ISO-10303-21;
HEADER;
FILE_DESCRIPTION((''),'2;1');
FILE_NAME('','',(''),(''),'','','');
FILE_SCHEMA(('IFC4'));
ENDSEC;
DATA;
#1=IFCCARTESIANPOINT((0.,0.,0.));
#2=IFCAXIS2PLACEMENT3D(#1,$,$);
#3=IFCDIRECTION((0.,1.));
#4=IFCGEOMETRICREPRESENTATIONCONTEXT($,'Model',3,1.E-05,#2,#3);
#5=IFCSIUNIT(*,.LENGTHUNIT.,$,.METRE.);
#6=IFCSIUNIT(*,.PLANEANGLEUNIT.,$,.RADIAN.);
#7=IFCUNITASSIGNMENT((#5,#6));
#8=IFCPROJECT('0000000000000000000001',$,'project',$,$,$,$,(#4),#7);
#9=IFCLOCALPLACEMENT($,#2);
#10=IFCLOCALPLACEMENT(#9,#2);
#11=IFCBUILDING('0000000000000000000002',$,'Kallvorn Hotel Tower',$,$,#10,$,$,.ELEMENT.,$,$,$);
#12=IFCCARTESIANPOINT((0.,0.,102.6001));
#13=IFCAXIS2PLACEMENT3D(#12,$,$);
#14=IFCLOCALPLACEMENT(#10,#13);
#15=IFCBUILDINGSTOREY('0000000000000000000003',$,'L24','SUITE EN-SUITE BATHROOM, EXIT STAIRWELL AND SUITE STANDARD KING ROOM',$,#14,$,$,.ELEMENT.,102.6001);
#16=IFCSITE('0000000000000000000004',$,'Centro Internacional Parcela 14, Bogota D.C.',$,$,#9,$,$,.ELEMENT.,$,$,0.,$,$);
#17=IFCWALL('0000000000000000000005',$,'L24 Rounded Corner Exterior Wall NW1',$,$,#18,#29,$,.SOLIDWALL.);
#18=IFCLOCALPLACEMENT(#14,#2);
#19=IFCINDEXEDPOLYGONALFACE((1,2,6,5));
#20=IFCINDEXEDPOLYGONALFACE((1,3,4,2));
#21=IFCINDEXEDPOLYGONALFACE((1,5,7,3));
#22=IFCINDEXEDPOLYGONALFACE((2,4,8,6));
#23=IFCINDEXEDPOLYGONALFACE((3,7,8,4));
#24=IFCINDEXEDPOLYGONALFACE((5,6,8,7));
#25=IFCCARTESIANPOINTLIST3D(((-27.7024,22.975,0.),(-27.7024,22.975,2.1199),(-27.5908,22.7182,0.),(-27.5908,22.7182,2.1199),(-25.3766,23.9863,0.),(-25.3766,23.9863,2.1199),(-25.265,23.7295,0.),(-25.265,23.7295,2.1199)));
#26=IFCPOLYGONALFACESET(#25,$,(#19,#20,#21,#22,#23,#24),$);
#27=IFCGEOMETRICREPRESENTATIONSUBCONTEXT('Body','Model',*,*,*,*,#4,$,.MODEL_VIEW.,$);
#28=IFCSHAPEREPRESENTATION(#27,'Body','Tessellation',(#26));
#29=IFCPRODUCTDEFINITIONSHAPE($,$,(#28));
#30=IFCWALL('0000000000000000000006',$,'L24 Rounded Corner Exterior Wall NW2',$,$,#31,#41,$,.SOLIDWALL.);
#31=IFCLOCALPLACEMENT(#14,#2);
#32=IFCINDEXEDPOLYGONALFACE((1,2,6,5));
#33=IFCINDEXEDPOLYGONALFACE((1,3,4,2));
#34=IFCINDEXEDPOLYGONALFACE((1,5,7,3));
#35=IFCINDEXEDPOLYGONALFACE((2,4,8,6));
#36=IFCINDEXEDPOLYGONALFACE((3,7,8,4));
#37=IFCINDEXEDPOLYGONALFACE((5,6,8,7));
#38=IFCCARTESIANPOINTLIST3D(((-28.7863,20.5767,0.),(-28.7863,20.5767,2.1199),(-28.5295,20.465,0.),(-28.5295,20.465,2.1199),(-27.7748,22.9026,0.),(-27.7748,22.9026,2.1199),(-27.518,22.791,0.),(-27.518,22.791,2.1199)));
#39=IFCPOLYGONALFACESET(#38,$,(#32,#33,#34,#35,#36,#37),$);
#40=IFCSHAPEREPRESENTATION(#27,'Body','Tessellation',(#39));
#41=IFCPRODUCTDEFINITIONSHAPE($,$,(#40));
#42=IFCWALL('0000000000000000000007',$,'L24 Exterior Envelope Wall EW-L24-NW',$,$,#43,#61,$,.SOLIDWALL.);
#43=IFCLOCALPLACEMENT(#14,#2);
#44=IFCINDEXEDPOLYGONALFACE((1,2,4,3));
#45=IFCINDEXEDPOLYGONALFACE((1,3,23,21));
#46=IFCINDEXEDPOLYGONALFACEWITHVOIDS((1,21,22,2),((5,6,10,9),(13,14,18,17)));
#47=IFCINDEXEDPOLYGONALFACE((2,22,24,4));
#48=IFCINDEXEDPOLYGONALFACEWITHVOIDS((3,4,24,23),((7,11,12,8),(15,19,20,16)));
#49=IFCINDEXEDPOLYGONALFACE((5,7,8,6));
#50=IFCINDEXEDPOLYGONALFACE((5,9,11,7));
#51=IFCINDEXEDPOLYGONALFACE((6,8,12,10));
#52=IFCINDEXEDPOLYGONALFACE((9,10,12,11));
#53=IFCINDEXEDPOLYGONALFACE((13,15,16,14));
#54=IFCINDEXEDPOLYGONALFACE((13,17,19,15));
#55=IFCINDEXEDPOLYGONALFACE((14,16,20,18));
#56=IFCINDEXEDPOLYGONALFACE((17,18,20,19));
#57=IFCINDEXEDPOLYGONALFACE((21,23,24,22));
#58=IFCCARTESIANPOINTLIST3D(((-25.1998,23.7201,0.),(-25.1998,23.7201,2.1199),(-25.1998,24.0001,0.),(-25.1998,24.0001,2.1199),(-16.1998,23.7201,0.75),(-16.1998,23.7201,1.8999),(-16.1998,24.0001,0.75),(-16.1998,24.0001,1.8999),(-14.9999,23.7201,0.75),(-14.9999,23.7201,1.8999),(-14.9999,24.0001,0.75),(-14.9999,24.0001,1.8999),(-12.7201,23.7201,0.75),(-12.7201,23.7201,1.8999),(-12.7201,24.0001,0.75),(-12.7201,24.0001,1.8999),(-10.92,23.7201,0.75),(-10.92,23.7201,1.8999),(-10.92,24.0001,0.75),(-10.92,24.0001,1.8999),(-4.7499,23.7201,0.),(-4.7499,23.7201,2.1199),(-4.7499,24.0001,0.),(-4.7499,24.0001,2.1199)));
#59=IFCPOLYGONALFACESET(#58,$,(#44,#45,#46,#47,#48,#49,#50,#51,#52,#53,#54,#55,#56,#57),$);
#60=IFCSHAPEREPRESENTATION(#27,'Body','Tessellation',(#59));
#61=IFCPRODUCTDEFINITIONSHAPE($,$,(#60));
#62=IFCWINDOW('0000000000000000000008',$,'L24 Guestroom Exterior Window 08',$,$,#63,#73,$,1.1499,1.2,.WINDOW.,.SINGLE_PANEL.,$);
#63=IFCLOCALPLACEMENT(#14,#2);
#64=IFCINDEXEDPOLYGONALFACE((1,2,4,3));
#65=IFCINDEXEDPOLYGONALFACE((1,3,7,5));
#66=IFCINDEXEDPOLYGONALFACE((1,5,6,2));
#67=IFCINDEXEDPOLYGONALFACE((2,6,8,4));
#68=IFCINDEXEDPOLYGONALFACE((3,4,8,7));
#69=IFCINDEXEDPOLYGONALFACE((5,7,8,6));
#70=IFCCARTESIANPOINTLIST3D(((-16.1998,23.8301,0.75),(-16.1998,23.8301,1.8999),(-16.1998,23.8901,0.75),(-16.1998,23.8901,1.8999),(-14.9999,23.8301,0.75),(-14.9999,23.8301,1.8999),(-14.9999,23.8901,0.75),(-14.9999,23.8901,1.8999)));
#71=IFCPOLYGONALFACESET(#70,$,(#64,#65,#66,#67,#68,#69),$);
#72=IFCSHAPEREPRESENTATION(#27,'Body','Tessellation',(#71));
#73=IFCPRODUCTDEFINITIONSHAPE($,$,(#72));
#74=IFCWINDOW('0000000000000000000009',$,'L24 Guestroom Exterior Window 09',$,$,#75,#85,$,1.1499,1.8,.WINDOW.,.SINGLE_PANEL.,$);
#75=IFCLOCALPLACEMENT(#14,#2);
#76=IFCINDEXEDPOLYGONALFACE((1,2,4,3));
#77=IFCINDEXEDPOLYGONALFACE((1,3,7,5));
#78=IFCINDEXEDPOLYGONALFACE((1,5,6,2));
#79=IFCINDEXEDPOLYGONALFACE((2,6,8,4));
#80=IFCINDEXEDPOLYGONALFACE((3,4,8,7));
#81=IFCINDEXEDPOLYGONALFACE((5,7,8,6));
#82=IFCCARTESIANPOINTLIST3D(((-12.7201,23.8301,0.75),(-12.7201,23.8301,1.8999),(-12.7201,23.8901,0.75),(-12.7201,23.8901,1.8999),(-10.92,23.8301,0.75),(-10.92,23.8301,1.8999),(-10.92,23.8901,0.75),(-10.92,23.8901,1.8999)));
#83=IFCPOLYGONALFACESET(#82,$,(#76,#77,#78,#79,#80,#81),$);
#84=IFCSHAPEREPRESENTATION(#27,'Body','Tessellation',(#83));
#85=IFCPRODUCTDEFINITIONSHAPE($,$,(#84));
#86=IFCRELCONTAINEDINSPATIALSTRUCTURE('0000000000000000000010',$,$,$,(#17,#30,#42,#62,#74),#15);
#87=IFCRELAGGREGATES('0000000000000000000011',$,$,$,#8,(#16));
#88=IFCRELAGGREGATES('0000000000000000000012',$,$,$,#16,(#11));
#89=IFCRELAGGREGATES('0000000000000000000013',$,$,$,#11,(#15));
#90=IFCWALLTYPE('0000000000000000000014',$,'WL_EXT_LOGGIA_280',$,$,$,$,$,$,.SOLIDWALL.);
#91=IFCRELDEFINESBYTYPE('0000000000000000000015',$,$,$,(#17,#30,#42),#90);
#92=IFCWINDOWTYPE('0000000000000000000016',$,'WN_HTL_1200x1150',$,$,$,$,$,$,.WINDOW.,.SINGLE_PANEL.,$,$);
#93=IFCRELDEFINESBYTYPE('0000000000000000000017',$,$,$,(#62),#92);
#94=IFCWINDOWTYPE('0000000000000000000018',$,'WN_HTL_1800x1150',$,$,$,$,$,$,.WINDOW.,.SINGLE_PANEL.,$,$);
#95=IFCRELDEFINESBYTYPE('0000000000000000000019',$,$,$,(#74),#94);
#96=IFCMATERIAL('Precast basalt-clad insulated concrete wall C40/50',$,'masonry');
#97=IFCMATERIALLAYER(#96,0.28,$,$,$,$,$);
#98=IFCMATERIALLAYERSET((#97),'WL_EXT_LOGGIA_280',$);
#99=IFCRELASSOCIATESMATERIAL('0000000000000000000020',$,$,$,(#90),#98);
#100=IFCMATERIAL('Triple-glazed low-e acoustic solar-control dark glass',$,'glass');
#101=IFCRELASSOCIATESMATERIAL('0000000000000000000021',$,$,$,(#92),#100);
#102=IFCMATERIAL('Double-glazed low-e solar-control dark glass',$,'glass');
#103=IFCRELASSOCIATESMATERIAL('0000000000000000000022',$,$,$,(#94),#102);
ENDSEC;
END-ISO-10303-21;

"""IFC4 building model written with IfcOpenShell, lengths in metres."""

from ifc_helpers import new_model, si_unit, direction, frame, frame_2d, origin, place, context, subcontext, project, spatial, rectangle, extrude, material, layer, layer_set, type_object, element, fill, save


model = new_model("IFC4")

# Units and contexts
model_context = context("Model", 3, precision=1e-05, world=origin(), true_north=direction((0.0, 1.0)))
body_context = subcontext(model_context, "Body", "Model", "MODEL_VIEW")
ifc_project = project(units=[si_unit("LENGTHUNIT", "METRE"), si_unit("PLANEANGLEUNIT", "RADIAN")], contexts=[model_context])

# Site, building, storey
site_placement = place(None, origin())
site = spatial("IfcSite", under=ifc_project, at=site_placement, Name="Centro Internacional Parcela 14, Bogota D.C.", CompositionType="ELEMENT", RefElevation=0.0)
building_placement = place(site_placement, origin())
building = spatial("IfcBuilding", under=site, at=building_placement, Name="Kallvorn Hotel Tower", CompositionType="ELEMENT")
storey_placement = place(building_placement, frame((0.0, 0.0, 102.6001)))
storey = spatial("IfcBuildingStorey", under=building, at=storey_placement, Name="L24", Description="SUITE EN-SUITE BATHROOM, EXIT STAIRWELL AND SUITE STANDARD KING ROOM", CompositionType="ELEMENT", Elevation=102.6001)

# Walls
ifc_material_1 = material(Name="Precast basalt-clad insulated concrete wall C40/50", Category="masonry")
ifc_layer_1 = layer(ifc_material_1, 0.28)
ifc_layer_set_1 = layer_set([ifc_layer_1], Name="WL_EXT_LOGGIA_280")
wall_type = type_object("IfcWallType", Name="WL_EXT_LOGGIA_280", PredefinedType="SOLIDWALL", material=ifc_layer_set_1)
wall_1_placement = place(storey_placement, frame((-25.3208, 23.8579, 0.0), z_axis=(0.0, 0.0, 1.0), x_axis=(-0.917061, -0.398747, 0.0)))
element("IfcWall", 1, at=wall_1_placement, inside=storey, type_object=wall_type, Name="L24 Rounded Corner Exterior Wall NW1", PredefinedType="SOLIDWALL", context=body_context, shape_type="SweptSolid", body=[
    extrude(rectangle(XDim=2.5361, YDim=0.28, at=frame_2d((1.2681, 0.0))), origin(), (0.0, 0.0, 1.0), 2.1199),
])
wall_2_placement = place(storey_placement, frame((-27.6465, 22.8467, 0.0), z_axis=(0.0, 0.0, 1.0), x_axis=(-0.398793, -0.917041, 0.0)))
element("IfcWall", 2, at=wall_2_placement, inside=storey, type_object=wall_type, Name="L24 Rounded Corner Exterior Wall NW2", PredefinedType="SOLIDWALL", context=body_context, shape_type="SweptSolid", body=[
    extrude(rectangle(XDim=2.5364, YDim=0.28, at=frame_2d((1.2681, 0.0))), origin(), (0.0, 0.0, 1.0), 2.1199),
])

# Wall, openings, windows
wall_3_placement = place(storey_placement, frame((-25.2, 23.8601, 0.0), z_axis=(0.0, 0.0, 1.0), x_axis=(1.0, 0.0, 0.0)))
wall_3 = element("IfcWall", 3, at=wall_3_placement, inside=storey, type_object=wall_type, Name="L24 Exterior Envelope Wall EW-L24-NW", PredefinedType="SOLIDWALL", context=body_context, shape_type="SweptSolid", body=[
    extrude(rectangle(XDim=20.45, YDim=0.28, at=frame_2d((10.2251, 0.0))), origin(), (0.0, 0.0, 1.0), 2.1199),
])
opening_1_placement = place(wall_3_placement, frame((9.0, 0.0, 0.75)))
opening_1 = element("IfcOpeningElement", 4, at=opening_1_placement, cuts=wall_3, PredefinedType="OPENING", context=body_context, shape_type="SweptSolid", body=[
    extrude(rectangle(XDim=1.2, YDim=1.1499, at=frame_2d((0.6001, 0.575))), frame((0.0, 0.155, 0.0), z_axis=(0.0, -1.0, 0.0), x_axis=(1.0, 0.0, 0.0)), (0.0, 0.0, 1.0), 0.3101),
])
opening_2_placement = place(wall_3_placement, frame((12.48, 0.0, 0.75)))
opening_2 = element("IfcOpeningElement", 5, at=opening_2_placement, cuts=wall_3, PredefinedType="OPENING", context=body_context, shape_type="SweptSolid", body=[
    extrude(rectangle(XDim=1.8, YDim=1.1499, at=frame_2d((0.8999, 0.575))), frame((0.0, 0.155, 0.0), z_axis=(0.0, -1.0, 0.0), x_axis=(1.0, 0.0, 0.0)), (0.0, 0.0, 1.0), 0.3101),
])
ifc_material_2 = material(Name="Triple-glazed low-e acoustic solar-control dark glass", Category="glass")
window_type_1 = type_object("IfcWindowType", Name="WN_HTL_1200x1150", PartitioningType="SINGLE_PANEL", PredefinedType="WINDOW", material=ifc_material_2)
window_1_placement = place(opening_1_placement, origin())
window_1 = element("IfcWindow", 6, at=window_1_placement, inside=storey, type_object=window_type_1, Name="L24 Guestroom Exterior Window 08", OverallHeight=1.1499, OverallWidth=1.2, PartitioningType="SINGLE_PANEL", PredefinedType="WINDOW", context=body_context, shape_type="SweptSolid", body=[
    extrude(rectangle(XDim=1.2, YDim=1.1499, at=frame_2d((0.6001, 0.575))), frame((0.0, 0.03, 0.0), z_axis=(0.0, -1.0, 0.0), x_axis=(1.0, 0.0, 0.0)), (0.0, 0.0, 1.0), 0.0601),
])
fill(opening_1, window_1)
ifc_material_3 = material(Name="Double-glazed low-e solar-control dark glass", Category="glass")
window_type_2 = type_object("IfcWindowType", Name="WN_HTL_1800x1150", PartitioningType="SINGLE_PANEL", PredefinedType="WINDOW", material=ifc_material_3)
window_2_placement = place(opening_2_placement, origin())
window_2 = element("IfcWindow", 7, at=window_2_placement, inside=storey, type_object=window_type_2, Name="L24 Guestroom Exterior Window 09", OverallHeight=1.1499, OverallWidth=1.8, PartitioningType="SINGLE_PANEL", PredefinedType="WINDOW", context=body_context, shape_type="SweptSolid", body=[
    extrude(rectangle(XDim=1.8, YDim=1.1499, at=frame_2d((0.8999, 0.575))), frame((0.0, 0.03, 0.0), z_axis=(0.0, -1.0, 0.0), x_axis=(1.0, 0.0, 0.0)), (0.0, 0.0, 1.0), 0.0601),
])
fill(opening_2, window_2)

save(model, "model.ifc")
